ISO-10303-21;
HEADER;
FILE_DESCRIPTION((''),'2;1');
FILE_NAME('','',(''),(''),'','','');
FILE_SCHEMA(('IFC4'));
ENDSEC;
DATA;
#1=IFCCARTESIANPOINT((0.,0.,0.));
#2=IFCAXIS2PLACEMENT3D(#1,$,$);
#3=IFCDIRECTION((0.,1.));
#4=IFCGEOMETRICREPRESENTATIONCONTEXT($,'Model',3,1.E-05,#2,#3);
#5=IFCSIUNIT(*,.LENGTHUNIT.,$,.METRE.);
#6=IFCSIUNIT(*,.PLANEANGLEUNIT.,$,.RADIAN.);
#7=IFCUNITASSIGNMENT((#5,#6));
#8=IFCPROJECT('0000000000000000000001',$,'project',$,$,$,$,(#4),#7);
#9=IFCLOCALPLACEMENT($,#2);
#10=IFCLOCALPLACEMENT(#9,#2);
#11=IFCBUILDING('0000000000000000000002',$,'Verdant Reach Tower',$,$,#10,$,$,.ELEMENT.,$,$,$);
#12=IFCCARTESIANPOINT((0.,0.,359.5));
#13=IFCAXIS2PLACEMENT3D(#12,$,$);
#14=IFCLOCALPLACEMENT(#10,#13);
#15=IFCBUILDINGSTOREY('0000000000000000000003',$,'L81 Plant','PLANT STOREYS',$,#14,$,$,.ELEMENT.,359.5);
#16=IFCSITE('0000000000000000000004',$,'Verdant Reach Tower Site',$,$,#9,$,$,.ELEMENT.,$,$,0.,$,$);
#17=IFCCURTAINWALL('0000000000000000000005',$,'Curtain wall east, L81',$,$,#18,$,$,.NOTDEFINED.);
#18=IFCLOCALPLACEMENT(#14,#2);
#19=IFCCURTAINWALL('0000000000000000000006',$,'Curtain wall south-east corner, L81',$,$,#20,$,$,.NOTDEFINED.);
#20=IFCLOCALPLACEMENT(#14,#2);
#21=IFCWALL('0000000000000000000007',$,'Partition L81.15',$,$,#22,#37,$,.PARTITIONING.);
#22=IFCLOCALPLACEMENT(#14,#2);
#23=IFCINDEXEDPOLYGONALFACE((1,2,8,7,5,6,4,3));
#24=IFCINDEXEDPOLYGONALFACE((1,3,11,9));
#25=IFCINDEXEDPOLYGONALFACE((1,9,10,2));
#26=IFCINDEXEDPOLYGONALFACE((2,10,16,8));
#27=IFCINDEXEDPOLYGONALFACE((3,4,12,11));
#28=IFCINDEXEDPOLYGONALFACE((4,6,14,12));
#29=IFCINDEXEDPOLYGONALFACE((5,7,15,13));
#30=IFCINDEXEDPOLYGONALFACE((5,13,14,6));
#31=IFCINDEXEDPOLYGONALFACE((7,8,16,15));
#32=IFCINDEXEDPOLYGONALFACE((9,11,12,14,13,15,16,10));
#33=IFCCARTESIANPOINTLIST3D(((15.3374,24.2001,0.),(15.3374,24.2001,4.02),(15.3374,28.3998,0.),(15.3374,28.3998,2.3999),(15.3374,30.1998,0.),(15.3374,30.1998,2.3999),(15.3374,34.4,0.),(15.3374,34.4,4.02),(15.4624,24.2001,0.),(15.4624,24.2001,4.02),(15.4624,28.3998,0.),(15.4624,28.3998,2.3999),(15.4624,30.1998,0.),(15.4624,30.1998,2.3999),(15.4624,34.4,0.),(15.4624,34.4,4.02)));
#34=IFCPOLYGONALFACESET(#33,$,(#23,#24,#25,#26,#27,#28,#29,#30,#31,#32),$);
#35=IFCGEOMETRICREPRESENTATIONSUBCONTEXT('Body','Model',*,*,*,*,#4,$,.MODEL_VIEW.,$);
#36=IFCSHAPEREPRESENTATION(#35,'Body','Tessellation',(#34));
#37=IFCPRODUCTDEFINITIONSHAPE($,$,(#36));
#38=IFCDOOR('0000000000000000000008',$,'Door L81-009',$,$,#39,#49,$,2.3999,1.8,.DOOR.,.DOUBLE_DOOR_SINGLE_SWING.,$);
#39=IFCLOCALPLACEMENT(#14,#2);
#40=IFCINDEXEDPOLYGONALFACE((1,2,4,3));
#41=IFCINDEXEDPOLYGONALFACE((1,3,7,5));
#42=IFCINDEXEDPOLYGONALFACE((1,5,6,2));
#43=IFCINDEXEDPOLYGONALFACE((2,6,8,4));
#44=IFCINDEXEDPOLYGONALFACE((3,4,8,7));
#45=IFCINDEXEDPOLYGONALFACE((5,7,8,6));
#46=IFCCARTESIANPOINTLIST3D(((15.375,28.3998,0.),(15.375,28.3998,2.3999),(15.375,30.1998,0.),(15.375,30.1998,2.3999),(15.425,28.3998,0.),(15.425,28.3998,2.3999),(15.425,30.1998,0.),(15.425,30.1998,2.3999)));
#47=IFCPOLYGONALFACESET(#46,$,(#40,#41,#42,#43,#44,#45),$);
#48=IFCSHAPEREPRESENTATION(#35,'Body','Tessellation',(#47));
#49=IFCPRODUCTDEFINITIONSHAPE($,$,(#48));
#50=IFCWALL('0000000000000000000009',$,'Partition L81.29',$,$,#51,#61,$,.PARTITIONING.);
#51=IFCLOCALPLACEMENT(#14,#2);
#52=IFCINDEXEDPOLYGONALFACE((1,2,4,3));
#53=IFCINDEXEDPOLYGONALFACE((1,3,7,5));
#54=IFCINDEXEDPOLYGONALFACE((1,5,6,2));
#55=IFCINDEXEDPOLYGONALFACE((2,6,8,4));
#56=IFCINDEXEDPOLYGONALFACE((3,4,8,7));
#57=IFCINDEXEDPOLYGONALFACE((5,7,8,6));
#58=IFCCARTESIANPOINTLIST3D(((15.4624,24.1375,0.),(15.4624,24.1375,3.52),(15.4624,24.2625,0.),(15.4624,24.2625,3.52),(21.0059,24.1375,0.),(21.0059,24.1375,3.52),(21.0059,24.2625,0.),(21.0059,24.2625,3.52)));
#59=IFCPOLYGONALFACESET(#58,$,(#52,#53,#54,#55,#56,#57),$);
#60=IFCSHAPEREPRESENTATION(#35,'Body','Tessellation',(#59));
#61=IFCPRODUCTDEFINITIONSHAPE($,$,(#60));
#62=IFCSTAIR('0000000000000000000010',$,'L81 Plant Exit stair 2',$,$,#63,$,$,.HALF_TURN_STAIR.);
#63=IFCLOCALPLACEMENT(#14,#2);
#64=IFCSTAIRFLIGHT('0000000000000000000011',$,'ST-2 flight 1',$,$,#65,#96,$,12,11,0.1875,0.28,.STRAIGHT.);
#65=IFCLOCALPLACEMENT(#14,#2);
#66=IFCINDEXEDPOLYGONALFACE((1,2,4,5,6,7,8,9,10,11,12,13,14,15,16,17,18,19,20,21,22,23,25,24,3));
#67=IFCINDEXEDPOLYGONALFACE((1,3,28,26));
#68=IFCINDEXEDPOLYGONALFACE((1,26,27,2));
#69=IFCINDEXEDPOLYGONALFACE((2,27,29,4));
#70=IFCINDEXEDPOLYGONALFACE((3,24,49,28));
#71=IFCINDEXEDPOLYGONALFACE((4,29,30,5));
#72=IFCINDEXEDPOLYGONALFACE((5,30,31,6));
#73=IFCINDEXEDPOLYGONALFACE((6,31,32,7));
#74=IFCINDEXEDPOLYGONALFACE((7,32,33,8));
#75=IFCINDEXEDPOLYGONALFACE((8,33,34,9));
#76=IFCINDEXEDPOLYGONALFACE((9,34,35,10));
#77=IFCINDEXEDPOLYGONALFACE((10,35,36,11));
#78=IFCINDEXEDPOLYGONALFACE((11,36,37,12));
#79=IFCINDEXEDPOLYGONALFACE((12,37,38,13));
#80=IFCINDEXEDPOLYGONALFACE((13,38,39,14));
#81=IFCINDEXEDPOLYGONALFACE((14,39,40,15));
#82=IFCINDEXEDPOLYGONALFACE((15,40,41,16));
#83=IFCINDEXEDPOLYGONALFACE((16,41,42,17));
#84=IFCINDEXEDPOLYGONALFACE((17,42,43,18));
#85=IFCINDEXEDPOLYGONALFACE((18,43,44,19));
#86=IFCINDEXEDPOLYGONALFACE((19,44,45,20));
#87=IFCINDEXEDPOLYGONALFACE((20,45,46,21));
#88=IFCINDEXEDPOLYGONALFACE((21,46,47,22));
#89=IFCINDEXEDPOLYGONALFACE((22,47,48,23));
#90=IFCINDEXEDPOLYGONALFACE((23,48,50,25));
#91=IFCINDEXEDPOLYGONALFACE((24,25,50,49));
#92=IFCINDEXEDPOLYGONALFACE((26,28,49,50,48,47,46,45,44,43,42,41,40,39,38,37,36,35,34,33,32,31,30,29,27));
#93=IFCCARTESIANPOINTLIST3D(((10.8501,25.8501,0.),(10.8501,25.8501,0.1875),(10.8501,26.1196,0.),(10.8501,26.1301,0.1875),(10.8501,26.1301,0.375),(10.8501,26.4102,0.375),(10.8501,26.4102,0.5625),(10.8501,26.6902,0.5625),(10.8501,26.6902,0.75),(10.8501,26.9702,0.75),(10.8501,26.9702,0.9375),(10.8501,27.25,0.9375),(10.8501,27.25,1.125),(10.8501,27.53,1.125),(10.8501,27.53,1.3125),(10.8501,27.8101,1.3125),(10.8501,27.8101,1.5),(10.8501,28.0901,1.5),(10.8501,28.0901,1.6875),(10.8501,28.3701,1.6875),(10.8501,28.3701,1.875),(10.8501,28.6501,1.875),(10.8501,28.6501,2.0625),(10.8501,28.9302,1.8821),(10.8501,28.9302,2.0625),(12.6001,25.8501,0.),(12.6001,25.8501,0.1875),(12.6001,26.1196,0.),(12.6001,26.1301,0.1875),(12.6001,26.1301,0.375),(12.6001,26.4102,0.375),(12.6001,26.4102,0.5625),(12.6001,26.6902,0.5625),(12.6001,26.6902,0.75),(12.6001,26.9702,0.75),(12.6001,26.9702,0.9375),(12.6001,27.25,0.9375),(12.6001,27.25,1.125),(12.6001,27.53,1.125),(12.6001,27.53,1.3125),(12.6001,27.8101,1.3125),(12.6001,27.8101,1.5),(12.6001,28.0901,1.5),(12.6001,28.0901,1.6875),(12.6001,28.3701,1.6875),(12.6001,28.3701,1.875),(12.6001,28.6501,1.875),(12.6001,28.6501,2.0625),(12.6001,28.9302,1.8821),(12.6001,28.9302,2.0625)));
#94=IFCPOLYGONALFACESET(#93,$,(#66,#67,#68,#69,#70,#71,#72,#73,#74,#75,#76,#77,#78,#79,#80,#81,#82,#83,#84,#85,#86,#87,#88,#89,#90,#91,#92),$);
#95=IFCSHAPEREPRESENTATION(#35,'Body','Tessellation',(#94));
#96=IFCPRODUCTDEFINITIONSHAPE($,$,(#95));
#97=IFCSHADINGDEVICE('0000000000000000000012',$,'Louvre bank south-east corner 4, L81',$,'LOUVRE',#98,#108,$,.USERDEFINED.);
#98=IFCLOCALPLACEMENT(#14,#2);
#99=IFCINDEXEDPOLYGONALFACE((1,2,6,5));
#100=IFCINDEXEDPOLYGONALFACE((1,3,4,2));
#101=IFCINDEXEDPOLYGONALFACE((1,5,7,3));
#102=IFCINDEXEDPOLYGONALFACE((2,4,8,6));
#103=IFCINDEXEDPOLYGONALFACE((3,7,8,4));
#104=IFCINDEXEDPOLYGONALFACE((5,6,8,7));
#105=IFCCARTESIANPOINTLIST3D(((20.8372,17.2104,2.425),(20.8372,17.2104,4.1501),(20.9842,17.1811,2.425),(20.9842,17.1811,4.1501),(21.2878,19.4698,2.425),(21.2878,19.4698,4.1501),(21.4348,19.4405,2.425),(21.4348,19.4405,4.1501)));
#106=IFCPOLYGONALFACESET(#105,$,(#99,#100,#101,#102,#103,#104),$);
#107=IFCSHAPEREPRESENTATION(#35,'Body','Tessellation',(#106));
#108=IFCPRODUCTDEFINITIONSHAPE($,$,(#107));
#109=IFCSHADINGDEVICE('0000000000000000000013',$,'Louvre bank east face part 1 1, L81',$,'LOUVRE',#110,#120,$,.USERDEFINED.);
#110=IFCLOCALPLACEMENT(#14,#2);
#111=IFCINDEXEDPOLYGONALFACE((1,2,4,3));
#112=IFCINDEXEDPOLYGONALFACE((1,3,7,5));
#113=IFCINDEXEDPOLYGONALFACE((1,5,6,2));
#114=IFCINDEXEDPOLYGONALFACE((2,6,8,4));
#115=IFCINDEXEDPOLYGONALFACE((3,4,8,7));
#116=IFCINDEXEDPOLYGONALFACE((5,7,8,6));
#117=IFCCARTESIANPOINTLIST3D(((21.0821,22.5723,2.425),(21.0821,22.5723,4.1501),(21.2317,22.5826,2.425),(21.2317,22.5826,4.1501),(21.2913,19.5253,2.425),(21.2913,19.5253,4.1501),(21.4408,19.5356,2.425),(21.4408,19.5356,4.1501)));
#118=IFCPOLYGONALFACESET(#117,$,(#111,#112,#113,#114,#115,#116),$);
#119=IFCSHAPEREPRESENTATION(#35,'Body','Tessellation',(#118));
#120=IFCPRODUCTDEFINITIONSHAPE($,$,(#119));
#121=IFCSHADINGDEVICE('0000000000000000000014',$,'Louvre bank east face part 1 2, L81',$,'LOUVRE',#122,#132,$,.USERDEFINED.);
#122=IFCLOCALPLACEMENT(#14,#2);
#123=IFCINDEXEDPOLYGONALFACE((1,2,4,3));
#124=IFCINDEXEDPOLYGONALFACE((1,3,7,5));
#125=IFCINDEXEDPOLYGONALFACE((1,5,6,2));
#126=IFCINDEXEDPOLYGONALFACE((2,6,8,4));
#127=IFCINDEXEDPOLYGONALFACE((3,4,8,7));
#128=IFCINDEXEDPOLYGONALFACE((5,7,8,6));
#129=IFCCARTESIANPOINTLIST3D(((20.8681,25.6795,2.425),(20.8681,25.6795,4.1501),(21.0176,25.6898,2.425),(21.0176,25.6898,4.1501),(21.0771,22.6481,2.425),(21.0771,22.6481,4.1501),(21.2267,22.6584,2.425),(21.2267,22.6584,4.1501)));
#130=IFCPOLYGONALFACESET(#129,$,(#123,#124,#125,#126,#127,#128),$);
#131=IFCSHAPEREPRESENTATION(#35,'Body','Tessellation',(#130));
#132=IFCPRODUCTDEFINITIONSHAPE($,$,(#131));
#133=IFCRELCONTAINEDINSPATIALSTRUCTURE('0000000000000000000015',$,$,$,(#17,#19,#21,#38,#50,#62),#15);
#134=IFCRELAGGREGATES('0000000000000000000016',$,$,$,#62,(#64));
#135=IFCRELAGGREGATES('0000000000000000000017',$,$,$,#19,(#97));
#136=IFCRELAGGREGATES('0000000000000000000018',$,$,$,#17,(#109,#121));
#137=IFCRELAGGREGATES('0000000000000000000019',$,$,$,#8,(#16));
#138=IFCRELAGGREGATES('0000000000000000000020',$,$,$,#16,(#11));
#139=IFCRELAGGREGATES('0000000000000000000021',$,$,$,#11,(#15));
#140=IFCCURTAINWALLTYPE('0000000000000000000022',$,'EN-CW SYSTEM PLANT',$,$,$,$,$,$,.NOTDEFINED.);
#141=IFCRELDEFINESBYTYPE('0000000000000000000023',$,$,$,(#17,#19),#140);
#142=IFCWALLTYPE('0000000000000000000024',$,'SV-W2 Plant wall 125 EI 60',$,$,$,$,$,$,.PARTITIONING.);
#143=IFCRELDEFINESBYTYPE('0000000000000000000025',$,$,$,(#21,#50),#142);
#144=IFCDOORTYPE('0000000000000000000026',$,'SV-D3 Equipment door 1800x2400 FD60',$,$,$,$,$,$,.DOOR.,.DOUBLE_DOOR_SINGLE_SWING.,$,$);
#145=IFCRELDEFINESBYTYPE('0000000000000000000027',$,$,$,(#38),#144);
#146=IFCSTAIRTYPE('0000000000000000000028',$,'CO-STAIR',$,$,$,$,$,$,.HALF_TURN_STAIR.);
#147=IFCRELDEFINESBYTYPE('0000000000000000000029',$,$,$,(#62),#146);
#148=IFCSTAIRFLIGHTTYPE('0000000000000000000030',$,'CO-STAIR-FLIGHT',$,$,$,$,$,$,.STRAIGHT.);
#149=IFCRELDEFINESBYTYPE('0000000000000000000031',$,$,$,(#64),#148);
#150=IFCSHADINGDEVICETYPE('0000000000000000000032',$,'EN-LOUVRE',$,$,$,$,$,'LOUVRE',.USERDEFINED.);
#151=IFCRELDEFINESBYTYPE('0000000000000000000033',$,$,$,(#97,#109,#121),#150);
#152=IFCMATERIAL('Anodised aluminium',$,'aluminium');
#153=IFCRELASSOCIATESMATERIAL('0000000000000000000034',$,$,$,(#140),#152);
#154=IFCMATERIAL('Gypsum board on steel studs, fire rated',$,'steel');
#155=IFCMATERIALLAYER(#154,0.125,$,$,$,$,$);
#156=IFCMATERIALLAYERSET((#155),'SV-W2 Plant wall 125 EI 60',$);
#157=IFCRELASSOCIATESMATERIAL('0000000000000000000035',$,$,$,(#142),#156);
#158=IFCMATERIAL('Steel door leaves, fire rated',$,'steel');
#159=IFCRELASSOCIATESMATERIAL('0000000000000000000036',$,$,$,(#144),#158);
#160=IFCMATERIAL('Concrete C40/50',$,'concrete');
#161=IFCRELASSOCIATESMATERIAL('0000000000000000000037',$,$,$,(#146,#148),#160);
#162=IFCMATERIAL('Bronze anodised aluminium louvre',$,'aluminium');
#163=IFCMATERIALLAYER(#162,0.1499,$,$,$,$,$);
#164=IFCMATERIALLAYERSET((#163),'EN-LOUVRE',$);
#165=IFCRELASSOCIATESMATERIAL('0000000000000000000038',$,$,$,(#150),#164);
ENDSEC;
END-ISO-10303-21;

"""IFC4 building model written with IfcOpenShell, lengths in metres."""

from ifc_helpers import new_model, si_unit, direction, frame, frame_2d, origin, origin_2d, place, context, subcontext, project, spatial, polyline, rectangle, outline, extrude, material, layer, layer_set, type_object, element, fill, aggregate, save


model = new_model("IFC4")

# Units and contexts
model_context = context("Model", 3, precision=1e-05, world=origin(), true_north=direction((0.0, 1.0)))
body_context = subcontext(model_context, "Body", "Model", "MODEL_VIEW")
ifc_project = project(units=[si_unit("LENGTHUNIT", "METRE"), si_unit("PLANEANGLEUNIT", "RADIAN")], contexts=[model_context])

# Site, building, storey
site_placement = place(None, origin())
site = spatial("IfcSite", under=ifc_project, at=site_placement, Name="Verdant Reach Tower Site", CompositionType="ELEMENT", RefElevation=0.0)
building_placement = place(site_placement, origin())
building = spatial("IfcBuilding", under=site, at=building_placement, Name="Verdant Reach Tower", CompositionType="ELEMENT")
storey_placement = place(building_placement, frame((0.0, 0.0, 359.5)))
storey = spatial("IfcBuildingStorey", under=building, at=storey_placement, Name="L81 Plant", Description="PLANT STOREYS", CompositionType="ELEMENT", Elevation=359.5)

# Curtain wall
ifc_material_1 = material(Name="Anodised aluminium", Category="aluminium")
curtain_wall_type = type_object("IfcCurtainWallType", Name="EN-CW SYSTEM PLANT", PredefinedType="NOTDEFINED", material=ifc_material_1)
curtain_wall_1_placement = place(storey_placement, origin())
curtain_wall_1 = element("IfcCurtainWall", 1, at=curtain_wall_1_placement, inside=storey, type_object=curtain_wall_type, Name="Curtain wall east, L81", PredefinedType="NOTDEFINED")

# Curtain wall
curtain_wall_2_placement = place(storey_placement, origin())
curtain_wall_2 = element("IfcCurtainWall", 2, at=curtain_wall_2_placement, inside=storey, type_object=curtain_wall_type, Name="Curtain wall south-east corner, L81", PredefinedType="NOTDEFINED")

# Shared definitions
ifc_material_2 = material(Name="Concrete C40/50", Category="concrete")

# Wall, opening, door
ifc_material_3 = material(Name="Gypsum board on steel studs, fire rated", Category="steel")
ifc_layer_1 = layer(ifc_material_3, 0.125)
ifc_layer_set_1 = layer_set([ifc_layer_1], Name="SV-W2 Plant wall 125 EI 60")
wall_type_1 = type_object("IfcWallType", Name="SV-W2 Plant wall 125 EI 60", PredefinedType="PARTITIONING", material=ifc_layer_set_1)
wall_1_placement = place(storey_placement, frame((15.3999, 24.2, 0.0), z_axis=(0.0, 0.0, 1.0), x_axis=(0.0, 1.0, 0.0)))
wall_1 = element("IfcWall", 3, at=wall_1_placement, inside=storey, type_object=wall_type_1, Name="Partition L81.15", PredefinedType="PARTITIONING", context=body_context, shape_type="SweptSolid", body=[
    extrude(rectangle(XDim=10.2, YDim=0.125, at=frame_2d((5.1001, 0.0))), origin(), (0.0, 0.0, 1.0), 4.02),
])
opening_1_placement = place(wall_1_placement, frame((4.2, 0.0, 0.0)))
opening_1 = element("IfcOpeningElement", 4, at=opening_1_placement, cuts=wall_1, PredefinedType="OPENING", context=body_context, shape_type="SweptSolid", body=[
    extrude(rectangle(XDim=1.8, YDim=2.3999, at=frame_2d((0.8999, 1.2))), frame((0.0, 0.0725, 0.0), z_axis=(0.0, -1.0, 0.0), x_axis=(1.0, 0.0, 0.0)), (0.0, 0.0, 1.0), 0.145),
])
ifc_material_4 = material(Name="Steel door leaves, fire rated", Category="steel")
door_type_1 = type_object("IfcDoorType", Name="SV-D3 Equipment door 1800x2400 FD60", OperationType="DOUBLE_DOOR_SINGLE_SWING", PredefinedType="DOOR", material=ifc_material_4)
door_1_placement = place(opening_1_placement, origin())
door_1 = element("IfcDoor", 5, at=door_1_placement, inside=storey, type_object=door_type_1, Name="Door L81-009", OperationType="DOUBLE_DOOR_SINGLE_SWING", OverallHeight=2.3999, OverallWidth=1.8, PredefinedType="DOOR", context=body_context, shape_type="SweptSolid", body=[
    extrude(rectangle(XDim=1.8, YDim=2.3999, at=frame_2d((0.8999, 1.2))), frame((0.0, 0.0249, 0.0), z_axis=(0.0, -1.0, 0.0), x_axis=(1.0, 0.0, 0.0)), (0.0, 0.0, 1.0), 0.05),
])
fill(opening_1, door_1)

# Wall
wall_2_placement = place(storey_placement, frame((15.4624, 24.2, 0.0), z_axis=(0.0, 0.0, 1.0), x_axis=(1.0, 0.0, 0.0)))
element("IfcWall", 6, at=wall_2_placement, inside=storey, type_object=wall_type_1, Name="Partition L81.29", PredefinedType="PARTITIONING", context=body_context, shape_type="SweptSolid", body=[
    extrude(rectangle(XDim=5.5435, YDim=0.125, at=frame_2d((2.7717, 0.0))), origin(), (0.0, 0.0, 1.0), 3.52),
])

# Stair, stair flight
stair_type = type_object("IfcStairType", Name="CO-STAIR", PredefinedType="HALF_TURN_STAIR", material=ifc_material_2)
stair_placement = place(storey_placement, origin())
stair = element("IfcStair", 7, at=stair_placement, inside=storey, type_object=stair_type, Name="L81 Plant Exit stair 2", PredefinedType="HALF_TURN_STAIR")
stair_flight_type = type_object("IfcStairFlightType", Name="CO-STAIR-FLIGHT", PredefinedType="STRAIGHT", material=ifc_material_2)
stair_flight_placement = place(storey_placement, frame((11.7251, 25.8501, 0.0), z_axis=(0.0, 0.0, 1.0), x_axis=(0.0, 1.0, 0.0)))
stair_flight = element("IfcStairFlight", 8, at=stair_flight_placement, type_object=stair_flight_type, Name="ST-2 flight 1", NumberOfRisers=12, NumberOfTreads=11, PredefinedType="STRAIGHT", RiserHeight=0.1875, TreadLength=0.28, context=body_context, shape_type="SweptSolid", body=[
    extrude(outline(polyline([(0.0, 0.0), (0.0, 0.1875), (0.28, 0.1875), (0.28, 0.375), (0.5601, 0.375), (0.5601, 0.5625), (0.8401, 0.5625), (0.8401, 0.75), (1.1201, 0.75), (1.1201, 0.9375), (1.3999, 0.9375), (1.3999, 1.125), (1.6799, 1.125), (1.6799, 1.3125), (1.96, 1.3125), (1.96, 1.5), (2.24, 1.5), (2.24, 1.6875), (2.52, 1.6875), (2.52, 1.875), (2.8, 1.875), (2.8, 2.0625), (3.0801, 2.0625), (3.0801, 2.25), (3.0801, 1.8821), (0.2695, 0.0), (0.0, 0.0)])), frame((0.0, 0.875, 0.0), z_axis=(0.0, -1.0, 0.0), x_axis=(1.0, 0.0, 0.0)), (0.0, 0.0, 1.0), 1.75),
])
aggregate(stair, [stair_flight])

# Shading devices
ifc_material_5 = material(Name="Bronze anodised aluminium louvre", Category="aluminium")
ifc_layer_2 = layer(ifc_material_5, 0.1499)
ifc_layer_set_2 = layer_set([ifc_layer_2], Name="EN-LOUVRE")
shading_device_type = type_object("IfcShadingDeviceType", Name="EN-LOUVRE", ElementType="LOUVRE", PredefinedType="USERDEFINED", material=ifc_layer_set_2)
shading_device_1_placement = place(storey_placement, frame((21.136, 18.3254, 2.425), z_axis=(0.0, 0.0, 1.0), x_axis=(0.195593, 0.980685, 0.0)))
shading_device_1 = element("IfcShadingDevice", 9, at=shading_device_1_placement, type_object=shading_device_type, Name="Louvre bank south-east corner 4, L81", ObjectType="LOUVRE", PredefinedType="USERDEFINED", context=body_context, shape_type="SweptSolid", body=[
    extrude(rectangle(XDim=2.304, YDim=0.1499, at=origin_2d()), origin(), (0.0, 0.0, 1.0), 1.7251),
])
aggregate(curtain_wall_2, [shading_device_1])
shading_device_2_placement = place(storey_placement, frame((21.2615, 21.054, 2.425), z_axis=(0.0, 0.0, 1.0), x_axis=(-0.068469, 0.997653, 0.0)))
shading_device_2 = element("IfcShadingDevice", 10, at=shading_device_2_placement, type_object=shading_device_type, Name="Louvre bank east face part 1 1, L81", ObjectType="LOUVRE", PredefinedType="USERDEFINED", context=body_context, shape_type="SweptSolid", body=[
    extrude(rectangle(XDim=3.0542, YDim=0.1499, at=origin_2d()), origin(), (0.0, 0.0, 1.0), 1.7251),
])
shading_device_3_placement = place(storey_placement, frame((21.0474, 24.1689, 2.425), z_axis=(0.0, 0.0, 1.0), x_axis=(-0.068802, 0.99763, 0.0)))
shading_device_3 = element("IfcShadingDevice", 11, at=shading_device_3_placement, type_object=shading_device_type, Name="Louvre bank east face part 1 2, L81", ObjectType="LOUVRE", PredefinedType="USERDEFINED", context=body_context, shape_type="SweptSolid", body=[
    extrude(rectangle(XDim=3.0386, YDim=0.1499, at=origin_2d()), origin(), (0.0, 0.0, 1.0), 1.7251),
])
aggregate(curtain_wall_1, [shading_device_2, shading_device_3])

save(model, "model.ifc")
